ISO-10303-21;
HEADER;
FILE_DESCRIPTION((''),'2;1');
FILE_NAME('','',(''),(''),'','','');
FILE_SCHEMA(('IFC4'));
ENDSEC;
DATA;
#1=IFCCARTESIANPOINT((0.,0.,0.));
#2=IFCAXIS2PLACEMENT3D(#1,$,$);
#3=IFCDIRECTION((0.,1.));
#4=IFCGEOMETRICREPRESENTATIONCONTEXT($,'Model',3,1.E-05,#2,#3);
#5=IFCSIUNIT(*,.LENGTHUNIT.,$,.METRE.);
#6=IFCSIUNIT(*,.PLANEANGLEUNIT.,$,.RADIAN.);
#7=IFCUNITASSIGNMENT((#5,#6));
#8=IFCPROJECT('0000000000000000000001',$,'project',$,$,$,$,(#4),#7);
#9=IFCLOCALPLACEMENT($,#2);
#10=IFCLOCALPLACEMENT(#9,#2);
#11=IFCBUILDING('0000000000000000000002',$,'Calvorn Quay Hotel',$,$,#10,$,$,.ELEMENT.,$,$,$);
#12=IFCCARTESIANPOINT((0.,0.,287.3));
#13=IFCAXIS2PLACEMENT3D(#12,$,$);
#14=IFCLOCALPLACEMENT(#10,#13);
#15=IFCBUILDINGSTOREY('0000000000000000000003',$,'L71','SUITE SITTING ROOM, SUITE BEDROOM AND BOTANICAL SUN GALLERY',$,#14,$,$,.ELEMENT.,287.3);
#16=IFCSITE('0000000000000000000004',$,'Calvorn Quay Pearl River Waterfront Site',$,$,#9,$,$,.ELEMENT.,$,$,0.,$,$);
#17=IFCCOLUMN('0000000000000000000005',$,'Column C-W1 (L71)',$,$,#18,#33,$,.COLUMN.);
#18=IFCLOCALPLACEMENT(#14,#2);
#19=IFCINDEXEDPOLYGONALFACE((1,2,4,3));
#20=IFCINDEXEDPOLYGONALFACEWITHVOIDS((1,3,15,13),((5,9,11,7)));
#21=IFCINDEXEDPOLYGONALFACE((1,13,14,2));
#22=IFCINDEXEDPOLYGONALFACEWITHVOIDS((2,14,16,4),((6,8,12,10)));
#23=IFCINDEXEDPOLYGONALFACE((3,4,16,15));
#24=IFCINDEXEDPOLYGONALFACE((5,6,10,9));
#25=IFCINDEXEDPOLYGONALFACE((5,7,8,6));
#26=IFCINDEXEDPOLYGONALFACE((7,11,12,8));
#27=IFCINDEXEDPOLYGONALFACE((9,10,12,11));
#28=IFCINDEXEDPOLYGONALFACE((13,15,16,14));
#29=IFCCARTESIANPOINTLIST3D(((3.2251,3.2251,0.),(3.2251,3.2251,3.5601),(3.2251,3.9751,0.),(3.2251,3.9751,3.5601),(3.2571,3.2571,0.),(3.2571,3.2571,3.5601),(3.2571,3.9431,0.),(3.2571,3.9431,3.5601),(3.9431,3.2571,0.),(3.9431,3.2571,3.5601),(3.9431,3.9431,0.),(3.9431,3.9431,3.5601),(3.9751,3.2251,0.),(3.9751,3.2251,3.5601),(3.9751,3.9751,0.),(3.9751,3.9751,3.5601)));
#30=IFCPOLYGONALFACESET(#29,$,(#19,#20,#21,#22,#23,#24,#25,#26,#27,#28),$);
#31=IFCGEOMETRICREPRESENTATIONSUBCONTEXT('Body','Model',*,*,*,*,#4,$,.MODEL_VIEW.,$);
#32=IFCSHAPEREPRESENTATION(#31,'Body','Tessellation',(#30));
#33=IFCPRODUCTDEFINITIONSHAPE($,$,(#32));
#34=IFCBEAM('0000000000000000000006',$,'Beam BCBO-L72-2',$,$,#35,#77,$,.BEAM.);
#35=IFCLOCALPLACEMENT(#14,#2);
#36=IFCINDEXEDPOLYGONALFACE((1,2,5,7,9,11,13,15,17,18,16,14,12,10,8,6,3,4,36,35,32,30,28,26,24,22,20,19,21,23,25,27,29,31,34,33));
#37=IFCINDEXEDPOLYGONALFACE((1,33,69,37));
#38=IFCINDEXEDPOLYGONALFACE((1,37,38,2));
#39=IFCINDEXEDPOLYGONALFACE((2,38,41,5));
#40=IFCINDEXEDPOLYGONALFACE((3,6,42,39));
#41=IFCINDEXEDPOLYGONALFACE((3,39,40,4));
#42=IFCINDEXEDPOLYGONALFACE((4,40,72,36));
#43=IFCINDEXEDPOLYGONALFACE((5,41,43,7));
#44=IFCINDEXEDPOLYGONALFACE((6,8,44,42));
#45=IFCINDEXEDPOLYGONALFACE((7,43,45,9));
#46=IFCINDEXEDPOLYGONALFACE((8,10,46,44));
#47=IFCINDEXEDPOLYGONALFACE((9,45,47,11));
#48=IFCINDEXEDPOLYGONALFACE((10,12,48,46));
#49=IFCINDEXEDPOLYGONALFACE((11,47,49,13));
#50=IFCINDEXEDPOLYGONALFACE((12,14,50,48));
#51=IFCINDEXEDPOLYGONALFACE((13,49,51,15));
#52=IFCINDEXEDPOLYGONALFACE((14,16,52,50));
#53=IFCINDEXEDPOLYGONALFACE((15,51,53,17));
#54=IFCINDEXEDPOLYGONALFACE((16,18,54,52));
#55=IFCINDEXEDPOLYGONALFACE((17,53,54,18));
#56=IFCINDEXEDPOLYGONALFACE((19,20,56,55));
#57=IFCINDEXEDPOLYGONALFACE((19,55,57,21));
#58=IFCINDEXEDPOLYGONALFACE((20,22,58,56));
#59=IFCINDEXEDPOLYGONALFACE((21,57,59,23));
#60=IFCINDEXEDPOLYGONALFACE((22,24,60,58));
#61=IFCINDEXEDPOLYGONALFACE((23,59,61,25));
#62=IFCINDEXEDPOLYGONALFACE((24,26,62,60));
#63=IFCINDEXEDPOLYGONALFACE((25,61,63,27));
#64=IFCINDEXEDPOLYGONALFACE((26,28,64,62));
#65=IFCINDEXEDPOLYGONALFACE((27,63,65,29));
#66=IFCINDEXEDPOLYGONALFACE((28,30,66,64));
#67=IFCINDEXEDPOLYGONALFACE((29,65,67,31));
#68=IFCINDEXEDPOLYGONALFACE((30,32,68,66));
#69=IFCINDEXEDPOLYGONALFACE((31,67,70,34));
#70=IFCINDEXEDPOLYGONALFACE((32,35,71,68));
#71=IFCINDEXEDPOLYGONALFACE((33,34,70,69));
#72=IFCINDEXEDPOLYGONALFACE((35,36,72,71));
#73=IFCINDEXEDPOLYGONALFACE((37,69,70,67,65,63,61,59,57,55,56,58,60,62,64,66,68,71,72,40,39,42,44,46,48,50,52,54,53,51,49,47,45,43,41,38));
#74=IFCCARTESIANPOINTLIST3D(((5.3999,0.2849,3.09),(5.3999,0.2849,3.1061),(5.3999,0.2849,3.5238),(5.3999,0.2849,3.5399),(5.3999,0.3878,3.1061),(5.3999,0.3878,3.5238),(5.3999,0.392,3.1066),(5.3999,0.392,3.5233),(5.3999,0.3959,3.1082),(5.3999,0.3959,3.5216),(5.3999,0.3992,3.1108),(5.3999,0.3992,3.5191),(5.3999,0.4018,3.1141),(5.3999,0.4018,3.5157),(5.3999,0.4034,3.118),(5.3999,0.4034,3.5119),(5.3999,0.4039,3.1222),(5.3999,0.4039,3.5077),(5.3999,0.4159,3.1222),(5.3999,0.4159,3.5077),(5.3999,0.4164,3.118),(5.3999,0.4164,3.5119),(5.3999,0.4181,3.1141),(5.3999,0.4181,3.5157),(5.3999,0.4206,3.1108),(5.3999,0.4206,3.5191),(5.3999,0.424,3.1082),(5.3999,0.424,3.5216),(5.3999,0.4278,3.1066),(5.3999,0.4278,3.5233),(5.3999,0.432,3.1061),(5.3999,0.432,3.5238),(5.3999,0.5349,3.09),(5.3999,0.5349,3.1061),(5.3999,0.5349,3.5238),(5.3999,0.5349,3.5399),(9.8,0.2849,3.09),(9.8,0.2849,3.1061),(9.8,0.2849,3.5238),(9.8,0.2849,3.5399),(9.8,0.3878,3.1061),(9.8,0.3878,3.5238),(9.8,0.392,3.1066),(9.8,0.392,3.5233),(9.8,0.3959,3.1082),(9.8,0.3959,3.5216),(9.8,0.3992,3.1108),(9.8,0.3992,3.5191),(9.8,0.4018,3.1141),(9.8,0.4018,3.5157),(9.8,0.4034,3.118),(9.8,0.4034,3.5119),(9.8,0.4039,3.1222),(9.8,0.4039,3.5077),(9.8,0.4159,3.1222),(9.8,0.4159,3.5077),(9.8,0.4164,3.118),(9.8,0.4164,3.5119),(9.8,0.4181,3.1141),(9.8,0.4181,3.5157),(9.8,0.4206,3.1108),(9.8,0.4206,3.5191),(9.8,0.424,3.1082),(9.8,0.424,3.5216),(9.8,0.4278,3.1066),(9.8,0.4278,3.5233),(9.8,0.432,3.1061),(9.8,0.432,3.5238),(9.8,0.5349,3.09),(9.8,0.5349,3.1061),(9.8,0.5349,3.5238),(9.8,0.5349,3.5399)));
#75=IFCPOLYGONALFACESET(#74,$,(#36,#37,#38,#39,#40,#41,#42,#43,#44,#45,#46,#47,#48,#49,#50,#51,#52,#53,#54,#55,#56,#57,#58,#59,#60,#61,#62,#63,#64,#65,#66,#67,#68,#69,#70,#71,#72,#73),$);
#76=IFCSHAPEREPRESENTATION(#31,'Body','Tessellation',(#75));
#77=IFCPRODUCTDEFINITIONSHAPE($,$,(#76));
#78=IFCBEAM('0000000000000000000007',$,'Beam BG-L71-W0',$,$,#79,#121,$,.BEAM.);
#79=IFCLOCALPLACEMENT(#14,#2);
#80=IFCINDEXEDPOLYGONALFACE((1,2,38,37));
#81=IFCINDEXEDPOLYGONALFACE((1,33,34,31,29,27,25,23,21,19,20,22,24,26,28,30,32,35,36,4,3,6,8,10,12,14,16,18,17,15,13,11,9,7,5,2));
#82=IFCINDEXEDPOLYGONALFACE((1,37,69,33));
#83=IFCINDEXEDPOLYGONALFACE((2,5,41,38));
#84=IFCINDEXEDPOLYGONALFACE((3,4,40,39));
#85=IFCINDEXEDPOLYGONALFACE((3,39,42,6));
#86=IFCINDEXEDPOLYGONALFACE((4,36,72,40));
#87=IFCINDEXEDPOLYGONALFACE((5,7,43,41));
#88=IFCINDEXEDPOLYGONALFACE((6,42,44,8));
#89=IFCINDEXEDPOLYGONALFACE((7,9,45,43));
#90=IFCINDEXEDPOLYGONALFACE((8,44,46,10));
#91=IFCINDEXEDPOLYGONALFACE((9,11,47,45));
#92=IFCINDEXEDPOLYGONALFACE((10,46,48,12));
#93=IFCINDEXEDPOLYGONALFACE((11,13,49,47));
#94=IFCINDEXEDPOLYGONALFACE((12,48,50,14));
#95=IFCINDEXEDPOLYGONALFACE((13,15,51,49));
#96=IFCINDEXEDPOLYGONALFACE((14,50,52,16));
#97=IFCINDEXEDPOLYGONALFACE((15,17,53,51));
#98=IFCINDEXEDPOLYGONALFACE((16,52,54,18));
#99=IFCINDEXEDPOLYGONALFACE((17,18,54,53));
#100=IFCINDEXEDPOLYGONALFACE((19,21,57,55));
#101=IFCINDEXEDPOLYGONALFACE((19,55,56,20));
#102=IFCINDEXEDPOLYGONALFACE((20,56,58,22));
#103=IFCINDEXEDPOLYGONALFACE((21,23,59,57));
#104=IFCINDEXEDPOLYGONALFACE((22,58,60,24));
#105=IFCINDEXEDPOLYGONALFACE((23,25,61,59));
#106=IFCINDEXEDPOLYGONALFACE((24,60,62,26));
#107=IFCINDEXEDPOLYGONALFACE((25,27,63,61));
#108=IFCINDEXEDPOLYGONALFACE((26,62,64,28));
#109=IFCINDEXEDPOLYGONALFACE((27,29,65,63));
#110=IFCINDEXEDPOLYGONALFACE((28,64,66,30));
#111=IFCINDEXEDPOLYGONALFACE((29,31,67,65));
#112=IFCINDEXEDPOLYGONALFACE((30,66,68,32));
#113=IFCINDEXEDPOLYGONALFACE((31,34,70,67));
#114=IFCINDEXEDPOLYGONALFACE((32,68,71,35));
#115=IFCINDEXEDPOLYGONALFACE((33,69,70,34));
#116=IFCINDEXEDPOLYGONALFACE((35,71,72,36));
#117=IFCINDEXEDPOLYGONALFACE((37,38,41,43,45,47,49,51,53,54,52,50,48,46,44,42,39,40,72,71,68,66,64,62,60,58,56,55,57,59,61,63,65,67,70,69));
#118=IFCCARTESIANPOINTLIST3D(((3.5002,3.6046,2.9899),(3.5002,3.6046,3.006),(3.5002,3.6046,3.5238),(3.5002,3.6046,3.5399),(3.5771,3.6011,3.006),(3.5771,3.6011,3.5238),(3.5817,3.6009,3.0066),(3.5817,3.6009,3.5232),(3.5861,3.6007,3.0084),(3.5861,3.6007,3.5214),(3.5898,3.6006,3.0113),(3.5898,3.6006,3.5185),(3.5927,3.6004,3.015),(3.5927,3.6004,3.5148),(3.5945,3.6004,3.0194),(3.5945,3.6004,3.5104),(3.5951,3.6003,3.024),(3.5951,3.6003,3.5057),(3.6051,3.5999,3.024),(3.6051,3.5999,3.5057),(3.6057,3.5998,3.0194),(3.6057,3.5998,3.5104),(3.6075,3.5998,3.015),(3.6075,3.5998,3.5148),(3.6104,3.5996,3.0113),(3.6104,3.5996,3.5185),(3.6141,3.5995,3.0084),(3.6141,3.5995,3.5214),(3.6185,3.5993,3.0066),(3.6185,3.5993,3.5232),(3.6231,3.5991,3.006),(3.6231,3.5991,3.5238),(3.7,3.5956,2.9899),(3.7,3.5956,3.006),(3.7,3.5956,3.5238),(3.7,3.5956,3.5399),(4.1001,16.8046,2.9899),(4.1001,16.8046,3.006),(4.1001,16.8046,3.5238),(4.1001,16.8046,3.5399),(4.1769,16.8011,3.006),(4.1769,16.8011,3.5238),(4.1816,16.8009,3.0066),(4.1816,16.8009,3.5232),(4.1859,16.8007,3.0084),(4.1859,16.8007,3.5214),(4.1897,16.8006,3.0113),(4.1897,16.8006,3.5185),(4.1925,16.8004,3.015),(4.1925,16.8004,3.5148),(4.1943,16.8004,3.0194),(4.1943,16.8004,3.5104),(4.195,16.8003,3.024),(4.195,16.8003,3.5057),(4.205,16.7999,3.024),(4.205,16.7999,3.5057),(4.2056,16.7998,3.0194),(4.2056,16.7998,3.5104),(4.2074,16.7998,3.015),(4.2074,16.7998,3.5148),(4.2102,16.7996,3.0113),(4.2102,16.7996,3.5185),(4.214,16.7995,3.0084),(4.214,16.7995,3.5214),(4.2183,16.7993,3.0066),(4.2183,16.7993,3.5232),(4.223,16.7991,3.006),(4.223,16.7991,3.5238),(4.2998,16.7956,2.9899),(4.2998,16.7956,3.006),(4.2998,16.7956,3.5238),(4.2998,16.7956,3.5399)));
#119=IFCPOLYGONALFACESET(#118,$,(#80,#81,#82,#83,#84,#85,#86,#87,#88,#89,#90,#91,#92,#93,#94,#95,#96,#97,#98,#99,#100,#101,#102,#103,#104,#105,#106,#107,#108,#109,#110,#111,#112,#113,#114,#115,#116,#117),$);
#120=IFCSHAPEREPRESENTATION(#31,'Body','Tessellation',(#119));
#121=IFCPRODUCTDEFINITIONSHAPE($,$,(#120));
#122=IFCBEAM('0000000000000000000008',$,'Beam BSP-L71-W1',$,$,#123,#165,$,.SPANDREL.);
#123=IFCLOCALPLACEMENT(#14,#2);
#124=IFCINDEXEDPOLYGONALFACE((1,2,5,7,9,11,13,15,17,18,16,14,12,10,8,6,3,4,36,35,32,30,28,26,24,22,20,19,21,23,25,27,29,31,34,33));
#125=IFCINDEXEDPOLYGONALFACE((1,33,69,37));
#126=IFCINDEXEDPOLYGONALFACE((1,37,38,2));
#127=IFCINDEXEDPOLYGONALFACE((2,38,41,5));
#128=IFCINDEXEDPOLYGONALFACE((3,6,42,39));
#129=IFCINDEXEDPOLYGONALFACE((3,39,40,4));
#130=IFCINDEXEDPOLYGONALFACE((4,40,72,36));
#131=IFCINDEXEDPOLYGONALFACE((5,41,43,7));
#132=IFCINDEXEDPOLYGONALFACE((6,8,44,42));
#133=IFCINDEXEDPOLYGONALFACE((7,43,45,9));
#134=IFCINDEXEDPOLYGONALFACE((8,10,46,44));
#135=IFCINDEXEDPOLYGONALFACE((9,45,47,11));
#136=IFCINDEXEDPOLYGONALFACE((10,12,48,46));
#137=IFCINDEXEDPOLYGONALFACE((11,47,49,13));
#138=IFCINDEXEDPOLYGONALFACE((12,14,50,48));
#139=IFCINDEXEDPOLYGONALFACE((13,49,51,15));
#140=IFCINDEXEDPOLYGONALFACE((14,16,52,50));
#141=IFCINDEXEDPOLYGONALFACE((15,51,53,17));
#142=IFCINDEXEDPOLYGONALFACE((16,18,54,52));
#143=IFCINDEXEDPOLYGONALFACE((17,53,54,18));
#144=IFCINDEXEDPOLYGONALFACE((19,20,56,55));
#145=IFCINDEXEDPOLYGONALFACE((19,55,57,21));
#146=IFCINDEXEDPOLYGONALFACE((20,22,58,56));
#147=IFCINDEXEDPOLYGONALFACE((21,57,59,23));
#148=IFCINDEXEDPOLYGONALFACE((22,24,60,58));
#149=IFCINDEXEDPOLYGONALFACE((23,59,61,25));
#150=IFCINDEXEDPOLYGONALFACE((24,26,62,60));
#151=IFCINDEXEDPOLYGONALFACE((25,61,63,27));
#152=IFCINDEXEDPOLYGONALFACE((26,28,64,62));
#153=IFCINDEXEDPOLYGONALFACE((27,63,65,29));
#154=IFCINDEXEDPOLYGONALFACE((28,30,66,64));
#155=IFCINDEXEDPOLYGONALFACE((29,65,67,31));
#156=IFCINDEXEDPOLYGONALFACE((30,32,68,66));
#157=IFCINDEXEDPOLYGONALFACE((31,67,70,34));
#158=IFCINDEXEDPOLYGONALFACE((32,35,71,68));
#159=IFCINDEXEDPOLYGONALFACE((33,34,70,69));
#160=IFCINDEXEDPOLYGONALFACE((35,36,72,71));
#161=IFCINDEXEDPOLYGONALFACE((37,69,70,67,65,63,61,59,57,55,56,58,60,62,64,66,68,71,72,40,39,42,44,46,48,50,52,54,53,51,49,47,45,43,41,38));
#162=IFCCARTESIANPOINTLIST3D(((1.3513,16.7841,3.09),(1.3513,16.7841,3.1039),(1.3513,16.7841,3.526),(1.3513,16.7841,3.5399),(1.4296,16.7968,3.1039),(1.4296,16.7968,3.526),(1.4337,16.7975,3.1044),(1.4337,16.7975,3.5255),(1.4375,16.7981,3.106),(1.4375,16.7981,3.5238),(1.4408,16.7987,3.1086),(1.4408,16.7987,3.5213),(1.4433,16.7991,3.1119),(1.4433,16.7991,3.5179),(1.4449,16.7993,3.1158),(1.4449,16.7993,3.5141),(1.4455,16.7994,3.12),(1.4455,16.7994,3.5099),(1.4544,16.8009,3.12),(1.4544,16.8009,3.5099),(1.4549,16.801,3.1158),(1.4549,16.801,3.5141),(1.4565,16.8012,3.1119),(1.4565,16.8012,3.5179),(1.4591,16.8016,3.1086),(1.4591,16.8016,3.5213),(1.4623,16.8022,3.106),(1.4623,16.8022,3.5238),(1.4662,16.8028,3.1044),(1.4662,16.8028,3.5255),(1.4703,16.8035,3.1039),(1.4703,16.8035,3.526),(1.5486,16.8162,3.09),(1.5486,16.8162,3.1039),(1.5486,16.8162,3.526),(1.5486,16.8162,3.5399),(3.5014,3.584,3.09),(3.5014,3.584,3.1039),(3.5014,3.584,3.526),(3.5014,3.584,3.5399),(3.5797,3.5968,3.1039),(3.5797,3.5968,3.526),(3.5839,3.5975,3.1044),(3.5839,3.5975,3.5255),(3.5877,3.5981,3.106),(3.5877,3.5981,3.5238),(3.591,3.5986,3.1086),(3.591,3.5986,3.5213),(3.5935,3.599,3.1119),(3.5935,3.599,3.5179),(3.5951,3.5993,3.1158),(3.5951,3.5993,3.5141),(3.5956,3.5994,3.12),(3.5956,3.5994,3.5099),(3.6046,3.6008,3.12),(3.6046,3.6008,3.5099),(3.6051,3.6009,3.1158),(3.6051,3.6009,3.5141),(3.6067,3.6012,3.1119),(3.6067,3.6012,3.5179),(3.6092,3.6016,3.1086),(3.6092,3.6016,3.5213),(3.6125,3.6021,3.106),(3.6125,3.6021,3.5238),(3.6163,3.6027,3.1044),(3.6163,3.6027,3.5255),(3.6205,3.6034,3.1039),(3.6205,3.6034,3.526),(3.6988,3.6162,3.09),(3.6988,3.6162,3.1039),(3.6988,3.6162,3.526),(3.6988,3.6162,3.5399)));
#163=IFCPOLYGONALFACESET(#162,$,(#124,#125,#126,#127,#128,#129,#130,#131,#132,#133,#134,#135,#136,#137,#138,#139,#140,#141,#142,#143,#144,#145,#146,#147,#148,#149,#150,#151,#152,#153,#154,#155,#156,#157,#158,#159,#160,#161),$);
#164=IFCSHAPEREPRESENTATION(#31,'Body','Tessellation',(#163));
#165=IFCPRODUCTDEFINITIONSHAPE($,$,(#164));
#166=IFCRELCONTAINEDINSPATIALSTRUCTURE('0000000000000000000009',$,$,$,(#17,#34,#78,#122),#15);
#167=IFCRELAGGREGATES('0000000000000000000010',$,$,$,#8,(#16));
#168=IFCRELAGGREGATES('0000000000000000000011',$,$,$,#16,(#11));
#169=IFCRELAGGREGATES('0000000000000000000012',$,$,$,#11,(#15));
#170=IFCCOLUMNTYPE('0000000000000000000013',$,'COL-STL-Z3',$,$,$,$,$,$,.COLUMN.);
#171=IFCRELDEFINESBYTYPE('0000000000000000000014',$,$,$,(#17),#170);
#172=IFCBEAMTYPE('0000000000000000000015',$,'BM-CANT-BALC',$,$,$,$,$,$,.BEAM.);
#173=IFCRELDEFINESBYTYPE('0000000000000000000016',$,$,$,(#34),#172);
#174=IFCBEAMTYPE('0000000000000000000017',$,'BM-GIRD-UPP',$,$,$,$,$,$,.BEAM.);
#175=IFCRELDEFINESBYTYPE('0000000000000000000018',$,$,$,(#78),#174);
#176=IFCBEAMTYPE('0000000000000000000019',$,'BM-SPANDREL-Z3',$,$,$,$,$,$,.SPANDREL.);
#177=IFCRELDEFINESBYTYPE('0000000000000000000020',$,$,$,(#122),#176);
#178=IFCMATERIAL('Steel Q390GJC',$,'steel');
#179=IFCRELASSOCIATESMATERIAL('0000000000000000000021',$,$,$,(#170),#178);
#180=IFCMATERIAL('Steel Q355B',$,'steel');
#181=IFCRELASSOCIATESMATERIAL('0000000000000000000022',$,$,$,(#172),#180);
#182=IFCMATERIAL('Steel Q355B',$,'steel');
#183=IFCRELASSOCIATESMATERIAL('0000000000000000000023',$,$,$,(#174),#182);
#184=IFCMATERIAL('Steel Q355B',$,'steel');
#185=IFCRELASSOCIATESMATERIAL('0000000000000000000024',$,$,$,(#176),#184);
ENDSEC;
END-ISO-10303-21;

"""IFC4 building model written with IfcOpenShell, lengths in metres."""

from ifc_helpers import new_model, si_unit, direction, frame, origin, origin_2d, place, context, subcontext, project, spatial, hollow_rectangle, i_section, extrude, material, material_profile, profile_set, type_object, element, save


model = new_model("IFC4")

# Units and contexts
model_context = context("Model", 3, precision=1e-05, world=origin(), true_north=direction((0.0, 1.0)))
body_context = subcontext(model_context, "Body", "Model", "MODEL_VIEW")
ifc_project = project(units=[si_unit("LENGTHUNIT", "METRE"), si_unit("PLANEANGLEUNIT", "RADIAN")], contexts=[model_context])

# Site, building, storey
site_placement = place(None, origin())
site = spatial("IfcSite", under=ifc_project, at=site_placement, Name="Calvorn Quay Pearl River Waterfront Site", CompositionType="ELEMENT", RefElevation=0.0)
building_placement = place(site_placement, origin())
building = spatial("IfcBuilding", under=site, at=building_placement, Name="Calvorn Quay Hotel", CompositionType="ELEMENT")
storey_placement = place(building_placement, frame((0.0, 0.0, 287.3)))
storey = spatial("IfcBuildingStorey", under=building, at=storey_placement, Name="L71", Description="SUITE SITTING ROOM, SUITE BEDROOM AND BOTANICAL SUN GALLERY", CompositionType="ELEMENT", Elevation=287.3)

# Column
ifc_material_1 = material(Name="Steel Q390GJC", Category="steel")
ifc_material_profile_1 = material_profile(ifc_material_1, hollow_rectangle(XDim=0.75, YDim=0.75, WallThickness=0.032, at=origin_2d()), Name="BOX750x750x32")
ifc_profile_set_1 = profile_set([ifc_material_profile_1], Name="Steel Q390GJC")
column_type = type_object("IfcColumnType", Name="COL-STL-Z3", PredefinedType="COLUMN", material=ifc_profile_set_1)
column_placement = place(storey_placement, frame((3.6001, 3.6001, 0.0), z_axis=(0.0, 0.0, 1.0), x_axis=(1.0, 0.0, 0.0)))
element("IfcColumn", 1, at=column_placement, inside=storey, type_object=column_type, Name="Column C-W1 (L71)", PredefinedType="COLUMN", context=body_context, shape_type="SweptSolid", body=[
    extrude(hollow_rectangle(XDim=0.75, YDim=0.75, WallThickness=0.032, at=origin_2d()), origin(), (0.0, 0.0, 1.0), 3.5601),
])

# Beams
ifc_material_2 = material(Name="Steel Q355B", Category="steel")
ifc_material_profile_2 = material_profile(ifc_material_2, i_section(OverallWidth=0.25, OverallDepth=0.45, WebThickness=0.012, FlangeThickness=0.0161, FilletRadius=0.0161, at=origin_2d()), Name="HN450x250x12x16")
ifc_profile_set_2 = profile_set([ifc_material_profile_2], Name="Steel Q355B")
beam_type_1 = type_object("IfcBeamType", Name="BM-CANT-BALC", PredefinedType="BEAM", material=ifc_profile_set_2)
beam_1_placement = place(storey_placement, frame((5.3999, 0.4099, 3.3149), z_axis=(1.0, 0.0, 0.0), x_axis=(0.0, 1.0, 0.0)))
element("IfcBeam", 2, at=beam_1_placement, inside=storey, type_object=beam_type_1, Name="Beam BCBO-L72-2", PredefinedType="BEAM", context=body_context, shape_type="SweptSolid", body=[
    extrude(i_section(OverallWidth=0.25, OverallDepth=0.45, WebThickness=0.012, FlangeThickness=0.0161, FilletRadius=0.0161, at=origin_2d()), origin(), (0.0, 0.0, 1.0), 4.4001),
])
ifc_material_3 = material(Name="Steel Q355B", Category="steel")
ifc_material_profile_3 = material_profile(ifc_material_3, i_section(OverallWidth=0.2, OverallDepth=0.55, WebThickness=0.01, FlangeThickness=0.0161, FilletRadius=0.0181, at=origin_2d()), Name="HN550x200x10x16")
ifc_profile_set_3 = profile_set([ifc_material_profile_3], Name="Steel Q355B")
beam_type_2 = type_object("IfcBeamType", Name="BM-GIRD-UPP", PredefinedType="BEAM", material=ifc_profile_set_3)
beam_2_placement = place(storey_placement, frame((3.6001, 3.6001, 3.2649), z_axis=(0.045397, 0.998969, 0.0), x_axis=(-0.998969, 0.045397, 0.0)))
element("IfcBeam", 3, at=beam_2_placement, inside=storey, type_object=beam_type_2, Name="Beam BG-L71-W0", PredefinedType="BEAM", context=body_context, shape_type="SweptSolid", body=[
    extrude(i_section(OverallWidth=0.2, OverallDepth=0.55, WebThickness=0.01, FlangeThickness=0.0161, FilletRadius=0.0181, at=origin_2d()), origin(), (0.0, 0.0, 1.0), 13.2136),
])
ifc_material_4 = material(Name="Steel Q355B", Category="steel")
ifc_material_profile_4 = material_profile(ifc_material_4, i_section(OverallWidth=0.2, OverallDepth=0.45, WebThickness=0.009, FlangeThickness=0.0139, FilletRadius=0.0161, at=origin_2d()), Name="HN450x200x9x14")
ifc_profile_set_4 = profile_set([ifc_material_profile_4], Name="Steel Q355B")
beam_type_3 = type_object("IfcBeamType", Name="BM-SPANDREL-Z3", PredefinedType="SPANDREL", material=ifc_profile_set_4)
beam_3_placement = place(storey_placement, frame((3.6001, 3.6001, 3.3149), z_axis=(-0.160772, 0.986992, 0.0), x_axis=(-0.986992, -0.160772, 0.0)))
element("IfcBeam", 4, at=beam_3_placement, inside=storey, type_object=beam_type_3, Name="Beam BSP-L71-W1", PredefinedType="SPANDREL", context=body_context, shape_type="SweptSolid", body=[
    extrude(i_section(OverallWidth=0.2, OverallDepth=0.45, WebThickness=0.009, FlangeThickness=0.0139, FilletRadius=0.0161, at=origin_2d()), origin(), (0.0, 0.0, 1.0), 13.374),
])

save(model, "model.ifc")
